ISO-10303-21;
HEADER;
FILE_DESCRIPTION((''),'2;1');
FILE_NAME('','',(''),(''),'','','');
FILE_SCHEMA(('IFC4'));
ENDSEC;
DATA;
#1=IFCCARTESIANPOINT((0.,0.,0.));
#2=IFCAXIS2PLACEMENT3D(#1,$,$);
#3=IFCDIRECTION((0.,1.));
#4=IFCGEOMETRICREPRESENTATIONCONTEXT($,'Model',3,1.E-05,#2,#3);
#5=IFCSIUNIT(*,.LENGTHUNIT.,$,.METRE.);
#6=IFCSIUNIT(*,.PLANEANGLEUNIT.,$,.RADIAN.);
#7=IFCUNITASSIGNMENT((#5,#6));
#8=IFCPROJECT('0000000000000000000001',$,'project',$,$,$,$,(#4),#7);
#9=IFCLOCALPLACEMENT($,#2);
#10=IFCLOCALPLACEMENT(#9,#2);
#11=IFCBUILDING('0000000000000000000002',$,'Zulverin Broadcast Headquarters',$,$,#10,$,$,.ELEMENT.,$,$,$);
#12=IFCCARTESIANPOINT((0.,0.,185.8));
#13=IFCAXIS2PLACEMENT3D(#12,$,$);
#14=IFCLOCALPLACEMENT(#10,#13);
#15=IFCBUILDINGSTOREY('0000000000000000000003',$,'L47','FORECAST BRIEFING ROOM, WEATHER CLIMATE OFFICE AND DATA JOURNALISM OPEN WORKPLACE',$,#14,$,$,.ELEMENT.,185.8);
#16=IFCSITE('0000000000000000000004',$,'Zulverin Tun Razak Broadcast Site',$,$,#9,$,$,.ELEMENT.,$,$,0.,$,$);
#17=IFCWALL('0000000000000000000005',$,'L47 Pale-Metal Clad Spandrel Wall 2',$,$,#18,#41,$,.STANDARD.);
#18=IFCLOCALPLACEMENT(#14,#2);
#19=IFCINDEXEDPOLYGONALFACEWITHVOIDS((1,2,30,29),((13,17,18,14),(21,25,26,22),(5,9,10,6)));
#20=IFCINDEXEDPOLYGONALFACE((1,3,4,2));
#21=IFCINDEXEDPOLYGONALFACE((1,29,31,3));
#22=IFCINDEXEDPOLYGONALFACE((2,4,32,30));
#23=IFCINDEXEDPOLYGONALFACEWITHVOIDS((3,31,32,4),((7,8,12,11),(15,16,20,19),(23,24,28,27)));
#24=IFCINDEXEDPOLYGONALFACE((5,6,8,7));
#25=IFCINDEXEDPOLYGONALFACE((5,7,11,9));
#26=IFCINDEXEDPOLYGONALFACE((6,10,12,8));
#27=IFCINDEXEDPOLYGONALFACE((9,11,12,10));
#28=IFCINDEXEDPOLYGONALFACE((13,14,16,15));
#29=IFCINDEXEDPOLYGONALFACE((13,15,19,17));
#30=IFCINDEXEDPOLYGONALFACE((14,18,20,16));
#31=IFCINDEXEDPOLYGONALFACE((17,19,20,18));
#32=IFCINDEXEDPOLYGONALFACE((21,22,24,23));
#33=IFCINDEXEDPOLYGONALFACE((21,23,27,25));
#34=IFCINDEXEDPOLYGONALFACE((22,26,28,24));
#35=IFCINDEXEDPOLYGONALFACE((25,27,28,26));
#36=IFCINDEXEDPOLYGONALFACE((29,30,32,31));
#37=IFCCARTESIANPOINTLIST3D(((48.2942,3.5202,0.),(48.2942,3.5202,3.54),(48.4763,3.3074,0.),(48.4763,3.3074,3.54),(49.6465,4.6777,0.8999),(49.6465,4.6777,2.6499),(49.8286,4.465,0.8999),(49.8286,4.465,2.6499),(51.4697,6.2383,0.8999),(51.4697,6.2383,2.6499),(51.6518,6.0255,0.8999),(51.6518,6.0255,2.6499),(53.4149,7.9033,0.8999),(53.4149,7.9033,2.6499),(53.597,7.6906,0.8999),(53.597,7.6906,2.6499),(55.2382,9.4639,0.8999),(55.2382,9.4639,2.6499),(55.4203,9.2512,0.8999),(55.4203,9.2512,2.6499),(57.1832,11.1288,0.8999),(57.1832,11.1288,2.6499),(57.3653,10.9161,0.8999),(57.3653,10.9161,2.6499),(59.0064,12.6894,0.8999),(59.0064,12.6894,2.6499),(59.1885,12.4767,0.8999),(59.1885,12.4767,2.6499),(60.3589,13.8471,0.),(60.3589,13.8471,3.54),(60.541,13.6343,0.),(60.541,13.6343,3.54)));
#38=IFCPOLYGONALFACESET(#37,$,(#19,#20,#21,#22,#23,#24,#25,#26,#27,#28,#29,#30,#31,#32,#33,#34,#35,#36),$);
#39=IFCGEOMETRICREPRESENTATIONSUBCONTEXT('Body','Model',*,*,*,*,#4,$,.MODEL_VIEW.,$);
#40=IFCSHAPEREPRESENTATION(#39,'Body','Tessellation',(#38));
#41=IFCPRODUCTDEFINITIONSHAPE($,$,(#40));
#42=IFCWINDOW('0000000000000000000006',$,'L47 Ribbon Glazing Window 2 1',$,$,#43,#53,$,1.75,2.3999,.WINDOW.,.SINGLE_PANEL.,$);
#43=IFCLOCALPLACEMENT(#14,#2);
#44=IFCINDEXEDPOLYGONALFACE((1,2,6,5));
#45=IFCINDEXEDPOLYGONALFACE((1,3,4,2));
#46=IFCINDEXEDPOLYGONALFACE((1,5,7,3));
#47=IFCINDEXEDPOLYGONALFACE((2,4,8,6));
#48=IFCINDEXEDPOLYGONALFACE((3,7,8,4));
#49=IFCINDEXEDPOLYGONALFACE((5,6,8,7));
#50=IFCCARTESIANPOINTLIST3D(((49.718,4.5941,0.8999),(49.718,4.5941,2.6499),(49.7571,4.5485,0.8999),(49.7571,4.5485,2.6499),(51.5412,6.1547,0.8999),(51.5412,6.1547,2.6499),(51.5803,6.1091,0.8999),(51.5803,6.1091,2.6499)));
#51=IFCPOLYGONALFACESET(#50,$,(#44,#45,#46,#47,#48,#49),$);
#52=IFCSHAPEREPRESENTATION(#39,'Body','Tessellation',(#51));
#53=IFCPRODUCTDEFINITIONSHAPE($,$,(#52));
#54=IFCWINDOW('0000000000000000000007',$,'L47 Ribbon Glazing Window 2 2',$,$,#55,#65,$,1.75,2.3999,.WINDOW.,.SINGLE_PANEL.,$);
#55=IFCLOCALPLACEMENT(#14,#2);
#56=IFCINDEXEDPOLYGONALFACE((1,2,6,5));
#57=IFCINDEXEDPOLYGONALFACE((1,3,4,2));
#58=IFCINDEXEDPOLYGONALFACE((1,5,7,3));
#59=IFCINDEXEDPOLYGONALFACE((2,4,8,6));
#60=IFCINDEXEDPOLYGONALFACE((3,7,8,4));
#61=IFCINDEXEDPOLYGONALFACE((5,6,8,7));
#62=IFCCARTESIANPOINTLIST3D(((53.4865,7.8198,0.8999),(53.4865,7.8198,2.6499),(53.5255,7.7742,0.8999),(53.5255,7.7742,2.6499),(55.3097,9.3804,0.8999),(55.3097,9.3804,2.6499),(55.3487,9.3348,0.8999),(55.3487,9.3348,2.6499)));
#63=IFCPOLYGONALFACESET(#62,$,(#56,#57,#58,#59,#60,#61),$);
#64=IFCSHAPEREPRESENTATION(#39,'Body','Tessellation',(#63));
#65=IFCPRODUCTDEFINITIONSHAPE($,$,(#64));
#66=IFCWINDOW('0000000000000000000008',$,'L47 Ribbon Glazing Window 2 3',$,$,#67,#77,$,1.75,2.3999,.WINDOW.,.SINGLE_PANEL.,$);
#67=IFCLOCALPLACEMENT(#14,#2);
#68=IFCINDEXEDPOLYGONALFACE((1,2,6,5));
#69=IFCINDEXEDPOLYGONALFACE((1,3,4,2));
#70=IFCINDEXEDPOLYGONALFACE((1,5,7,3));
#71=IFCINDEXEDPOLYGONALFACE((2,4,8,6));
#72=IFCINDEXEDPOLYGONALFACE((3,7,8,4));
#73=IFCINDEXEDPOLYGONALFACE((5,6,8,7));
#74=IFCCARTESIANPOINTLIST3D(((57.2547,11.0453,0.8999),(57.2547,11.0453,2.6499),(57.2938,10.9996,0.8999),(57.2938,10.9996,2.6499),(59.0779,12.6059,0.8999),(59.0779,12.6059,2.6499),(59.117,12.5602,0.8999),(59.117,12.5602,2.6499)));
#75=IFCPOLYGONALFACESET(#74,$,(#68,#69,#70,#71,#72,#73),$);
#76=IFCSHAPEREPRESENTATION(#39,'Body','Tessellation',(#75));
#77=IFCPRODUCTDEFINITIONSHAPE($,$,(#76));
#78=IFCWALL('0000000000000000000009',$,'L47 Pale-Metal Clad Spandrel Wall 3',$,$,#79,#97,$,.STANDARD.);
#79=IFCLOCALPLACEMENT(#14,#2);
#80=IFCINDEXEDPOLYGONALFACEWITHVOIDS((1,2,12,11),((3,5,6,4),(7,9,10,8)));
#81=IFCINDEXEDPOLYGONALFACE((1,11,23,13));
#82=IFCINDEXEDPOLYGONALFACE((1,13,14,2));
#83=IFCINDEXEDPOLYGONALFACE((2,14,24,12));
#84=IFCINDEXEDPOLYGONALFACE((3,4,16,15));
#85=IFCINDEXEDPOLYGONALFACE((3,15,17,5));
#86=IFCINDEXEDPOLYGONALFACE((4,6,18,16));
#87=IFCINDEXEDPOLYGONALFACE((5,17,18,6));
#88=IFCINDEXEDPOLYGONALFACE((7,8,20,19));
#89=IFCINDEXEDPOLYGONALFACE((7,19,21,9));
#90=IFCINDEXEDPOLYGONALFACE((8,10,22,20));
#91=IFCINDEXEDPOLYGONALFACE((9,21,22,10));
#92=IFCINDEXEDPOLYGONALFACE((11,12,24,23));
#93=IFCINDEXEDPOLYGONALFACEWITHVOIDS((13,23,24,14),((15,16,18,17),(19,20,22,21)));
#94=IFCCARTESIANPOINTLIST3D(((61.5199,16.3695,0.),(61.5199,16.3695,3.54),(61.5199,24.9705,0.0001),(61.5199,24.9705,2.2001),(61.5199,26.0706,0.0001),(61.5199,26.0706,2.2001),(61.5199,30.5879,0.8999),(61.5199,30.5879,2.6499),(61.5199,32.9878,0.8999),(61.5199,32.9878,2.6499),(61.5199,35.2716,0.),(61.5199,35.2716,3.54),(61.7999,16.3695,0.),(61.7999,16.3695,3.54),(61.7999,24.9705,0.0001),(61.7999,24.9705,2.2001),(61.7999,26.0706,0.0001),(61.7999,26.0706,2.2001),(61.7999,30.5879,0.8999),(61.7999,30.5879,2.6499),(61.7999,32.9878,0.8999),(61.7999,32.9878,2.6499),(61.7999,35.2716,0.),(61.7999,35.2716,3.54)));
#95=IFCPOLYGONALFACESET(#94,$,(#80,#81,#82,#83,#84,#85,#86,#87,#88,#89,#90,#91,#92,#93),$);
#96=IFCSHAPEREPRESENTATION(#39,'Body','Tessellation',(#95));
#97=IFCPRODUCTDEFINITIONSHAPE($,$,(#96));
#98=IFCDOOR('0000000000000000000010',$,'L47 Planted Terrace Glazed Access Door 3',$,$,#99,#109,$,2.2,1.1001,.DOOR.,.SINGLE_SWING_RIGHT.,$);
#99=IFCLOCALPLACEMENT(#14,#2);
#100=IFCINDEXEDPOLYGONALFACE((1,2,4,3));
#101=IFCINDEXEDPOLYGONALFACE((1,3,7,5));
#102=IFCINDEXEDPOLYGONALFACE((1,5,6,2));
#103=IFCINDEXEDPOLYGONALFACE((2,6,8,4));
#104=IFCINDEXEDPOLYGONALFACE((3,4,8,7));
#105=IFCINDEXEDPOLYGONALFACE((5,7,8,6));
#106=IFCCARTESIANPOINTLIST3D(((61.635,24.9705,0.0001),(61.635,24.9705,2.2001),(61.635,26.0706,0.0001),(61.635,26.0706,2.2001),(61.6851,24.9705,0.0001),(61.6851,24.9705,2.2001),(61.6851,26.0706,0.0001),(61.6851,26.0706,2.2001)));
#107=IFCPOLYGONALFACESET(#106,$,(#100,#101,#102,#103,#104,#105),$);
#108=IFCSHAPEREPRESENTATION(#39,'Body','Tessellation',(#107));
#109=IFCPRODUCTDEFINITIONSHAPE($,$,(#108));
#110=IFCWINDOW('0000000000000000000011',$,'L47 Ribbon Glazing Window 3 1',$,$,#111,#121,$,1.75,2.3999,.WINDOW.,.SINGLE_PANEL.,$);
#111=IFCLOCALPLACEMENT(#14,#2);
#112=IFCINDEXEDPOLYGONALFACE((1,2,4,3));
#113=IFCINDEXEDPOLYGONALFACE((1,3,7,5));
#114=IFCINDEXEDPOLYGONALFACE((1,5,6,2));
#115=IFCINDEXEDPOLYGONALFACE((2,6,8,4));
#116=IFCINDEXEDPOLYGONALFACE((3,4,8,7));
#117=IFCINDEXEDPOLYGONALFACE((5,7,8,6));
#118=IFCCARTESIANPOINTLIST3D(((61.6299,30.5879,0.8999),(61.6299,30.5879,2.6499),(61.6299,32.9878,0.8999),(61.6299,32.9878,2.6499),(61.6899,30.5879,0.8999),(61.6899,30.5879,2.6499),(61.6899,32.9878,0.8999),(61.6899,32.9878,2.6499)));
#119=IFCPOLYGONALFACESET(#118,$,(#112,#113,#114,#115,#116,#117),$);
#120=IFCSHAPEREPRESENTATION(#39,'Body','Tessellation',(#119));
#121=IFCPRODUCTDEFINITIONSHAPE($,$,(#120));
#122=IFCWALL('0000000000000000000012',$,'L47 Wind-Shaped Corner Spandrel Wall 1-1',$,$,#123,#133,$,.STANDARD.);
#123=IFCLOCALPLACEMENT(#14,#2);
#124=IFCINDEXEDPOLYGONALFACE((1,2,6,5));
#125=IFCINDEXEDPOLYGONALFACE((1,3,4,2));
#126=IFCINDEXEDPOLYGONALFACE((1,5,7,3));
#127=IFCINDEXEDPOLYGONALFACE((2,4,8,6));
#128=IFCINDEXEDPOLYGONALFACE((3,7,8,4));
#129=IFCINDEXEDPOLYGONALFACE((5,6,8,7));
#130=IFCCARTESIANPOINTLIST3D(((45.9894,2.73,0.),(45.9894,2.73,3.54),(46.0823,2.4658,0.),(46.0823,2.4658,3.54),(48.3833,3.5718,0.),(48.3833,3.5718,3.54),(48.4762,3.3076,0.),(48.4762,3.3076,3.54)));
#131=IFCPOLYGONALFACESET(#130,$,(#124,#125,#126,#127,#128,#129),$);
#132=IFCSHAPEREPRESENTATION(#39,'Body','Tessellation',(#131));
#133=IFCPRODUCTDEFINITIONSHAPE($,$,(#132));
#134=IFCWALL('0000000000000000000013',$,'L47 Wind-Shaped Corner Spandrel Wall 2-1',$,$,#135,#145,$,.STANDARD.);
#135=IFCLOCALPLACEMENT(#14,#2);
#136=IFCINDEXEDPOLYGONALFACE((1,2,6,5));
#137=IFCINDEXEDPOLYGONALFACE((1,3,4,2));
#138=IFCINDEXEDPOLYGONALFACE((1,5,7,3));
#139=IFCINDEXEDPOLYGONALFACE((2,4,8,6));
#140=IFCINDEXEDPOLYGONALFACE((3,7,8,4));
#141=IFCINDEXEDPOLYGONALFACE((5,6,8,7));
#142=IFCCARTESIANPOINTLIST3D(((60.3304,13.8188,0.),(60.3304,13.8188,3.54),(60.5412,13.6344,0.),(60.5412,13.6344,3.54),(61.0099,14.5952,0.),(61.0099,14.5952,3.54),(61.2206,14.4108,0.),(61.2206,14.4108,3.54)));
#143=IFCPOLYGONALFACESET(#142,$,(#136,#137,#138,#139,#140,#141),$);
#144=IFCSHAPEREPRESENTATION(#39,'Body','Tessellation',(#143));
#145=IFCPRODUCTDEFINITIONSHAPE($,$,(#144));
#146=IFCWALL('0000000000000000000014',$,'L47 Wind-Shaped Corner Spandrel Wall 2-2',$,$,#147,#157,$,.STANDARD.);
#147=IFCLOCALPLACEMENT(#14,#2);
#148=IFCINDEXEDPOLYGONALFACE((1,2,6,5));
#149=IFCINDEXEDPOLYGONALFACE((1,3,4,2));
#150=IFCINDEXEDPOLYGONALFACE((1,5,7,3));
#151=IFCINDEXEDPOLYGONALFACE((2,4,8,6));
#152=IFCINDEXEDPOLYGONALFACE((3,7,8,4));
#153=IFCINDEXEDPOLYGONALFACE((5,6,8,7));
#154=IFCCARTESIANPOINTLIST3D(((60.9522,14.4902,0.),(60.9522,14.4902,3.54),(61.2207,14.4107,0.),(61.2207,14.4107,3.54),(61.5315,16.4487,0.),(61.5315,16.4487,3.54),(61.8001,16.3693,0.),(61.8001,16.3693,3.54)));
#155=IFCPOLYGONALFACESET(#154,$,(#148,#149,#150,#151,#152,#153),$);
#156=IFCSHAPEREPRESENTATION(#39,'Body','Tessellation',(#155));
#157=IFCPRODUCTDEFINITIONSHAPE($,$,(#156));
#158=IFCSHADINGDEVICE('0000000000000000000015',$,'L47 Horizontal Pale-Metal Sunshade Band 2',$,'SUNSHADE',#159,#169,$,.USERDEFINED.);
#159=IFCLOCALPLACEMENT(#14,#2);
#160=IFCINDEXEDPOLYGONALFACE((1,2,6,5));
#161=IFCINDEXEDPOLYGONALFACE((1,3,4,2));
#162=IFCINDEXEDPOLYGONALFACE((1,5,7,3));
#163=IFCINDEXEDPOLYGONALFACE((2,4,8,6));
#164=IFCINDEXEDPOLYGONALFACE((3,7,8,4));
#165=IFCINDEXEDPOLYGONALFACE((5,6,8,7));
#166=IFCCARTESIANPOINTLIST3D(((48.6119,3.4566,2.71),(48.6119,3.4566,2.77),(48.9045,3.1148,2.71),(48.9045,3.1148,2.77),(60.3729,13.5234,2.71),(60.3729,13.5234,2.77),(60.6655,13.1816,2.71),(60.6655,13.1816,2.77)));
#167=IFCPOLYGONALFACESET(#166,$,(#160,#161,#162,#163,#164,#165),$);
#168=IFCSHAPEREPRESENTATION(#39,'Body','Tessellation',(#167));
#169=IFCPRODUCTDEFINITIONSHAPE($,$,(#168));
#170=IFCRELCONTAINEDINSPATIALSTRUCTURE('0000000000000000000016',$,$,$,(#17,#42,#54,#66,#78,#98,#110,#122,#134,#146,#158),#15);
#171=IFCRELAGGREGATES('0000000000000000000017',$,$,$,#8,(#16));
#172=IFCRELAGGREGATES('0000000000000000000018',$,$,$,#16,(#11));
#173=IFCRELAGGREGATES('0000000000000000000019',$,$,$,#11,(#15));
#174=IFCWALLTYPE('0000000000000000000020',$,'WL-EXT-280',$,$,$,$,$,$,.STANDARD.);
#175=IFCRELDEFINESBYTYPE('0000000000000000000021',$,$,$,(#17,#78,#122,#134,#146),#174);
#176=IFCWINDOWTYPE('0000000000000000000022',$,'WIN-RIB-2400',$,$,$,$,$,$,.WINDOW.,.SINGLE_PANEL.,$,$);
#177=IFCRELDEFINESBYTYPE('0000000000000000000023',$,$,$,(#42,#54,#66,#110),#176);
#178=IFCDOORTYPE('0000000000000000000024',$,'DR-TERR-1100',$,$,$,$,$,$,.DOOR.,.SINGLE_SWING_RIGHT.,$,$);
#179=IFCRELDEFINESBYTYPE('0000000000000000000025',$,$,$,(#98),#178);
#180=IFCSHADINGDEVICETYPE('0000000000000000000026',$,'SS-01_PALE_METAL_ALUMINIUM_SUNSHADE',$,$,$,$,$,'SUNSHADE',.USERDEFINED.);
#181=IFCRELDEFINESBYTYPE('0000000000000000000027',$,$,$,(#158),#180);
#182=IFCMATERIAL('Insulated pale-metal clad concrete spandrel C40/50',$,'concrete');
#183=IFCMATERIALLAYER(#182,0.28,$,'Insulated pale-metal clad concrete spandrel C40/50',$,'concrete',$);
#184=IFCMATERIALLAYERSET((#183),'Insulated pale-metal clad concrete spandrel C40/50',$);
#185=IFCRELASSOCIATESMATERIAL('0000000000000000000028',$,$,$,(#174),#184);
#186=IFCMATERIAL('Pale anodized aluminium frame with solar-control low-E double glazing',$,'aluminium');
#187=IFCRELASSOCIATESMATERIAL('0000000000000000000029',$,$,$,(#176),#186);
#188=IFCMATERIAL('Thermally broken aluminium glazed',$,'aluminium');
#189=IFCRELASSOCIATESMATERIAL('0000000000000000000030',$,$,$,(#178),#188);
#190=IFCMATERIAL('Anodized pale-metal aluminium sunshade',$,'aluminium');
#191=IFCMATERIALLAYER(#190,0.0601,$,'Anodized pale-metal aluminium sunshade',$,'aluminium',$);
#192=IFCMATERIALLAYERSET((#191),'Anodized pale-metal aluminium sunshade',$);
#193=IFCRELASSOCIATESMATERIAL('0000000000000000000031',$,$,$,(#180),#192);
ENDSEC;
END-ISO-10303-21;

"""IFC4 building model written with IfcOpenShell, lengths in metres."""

from ifc_helpers import new_model, si_unit, direction, frame, frame_2d, origin, origin_2d, place, context, subcontext, project, spatial, rectangle, extrude, material, layer, layer_set, type_object, element, fill, save


model = new_model("IFC4")

# Units and contexts
model_context = context("Model", 3, precision=1e-05, world=origin(), true_north=direction((0.0, 1.0)))
body_context = subcontext(model_context, "Body", "Model", "MODEL_VIEW")
ifc_project = project(units=[si_unit("LENGTHUNIT", "METRE"), si_unit("PLANEANGLEUNIT", "RADIAN")], contexts=[model_context])

# Site, building, storey
site_placement = place(None, origin())
site = spatial("IfcSite", under=ifc_project, at=site_placement, Name="Zulverin Tun Razak Broadcast Site", CompositionType="ELEMENT", RefElevation=0.0)
building_placement = place(site_placement, origin())
building = spatial("IfcBuilding", under=site, at=building_placement, Name="Zulverin Broadcast Headquarters", CompositionType="ELEMENT")
storey_placement = place(building_placement, frame((0.0, 0.0, 185.8)))
storey = spatial("IfcBuildingStorey", under=building, at=storey_placement, Name="L47", Description="FORECAST BRIEFING ROOM, WEATHER CLIMATE OFFICE AND DATA JOURNALISM OPEN WORKPLACE", CompositionType="ELEMENT", Elevation=185.8)

# Wall, openings, windows
ifc_material_1 = material(Name="Insulated pale-metal clad concrete spandrel C40/50", Category="concrete")
ifc_layer_1 = layer(ifc_material_1, 0.28, Name="Insulated pale-metal clad concrete spandrel C40/50", Category="concrete")
ifc_layer_set_1 = layer_set([ifc_layer_1], Name="Insulated pale-metal clad concrete spandrel C40/50")
wall_type = type_object("IfcWallType", Name="WL-EXT-280", PredefinedType="STANDARD", material=ifc_layer_set_1)
wall_1_placement = place(storey_placement, frame((48.3853, 3.4138, 0.0), z_axis=(0.0, 0.0, 1.0), x_axis=(0.7597, 0.650273, 0.0)))
wall_1 = element("IfcWall", 1, at=wall_1_placement, inside=storey, type_object=wall_type, Name="L47 Pale-Metal Clad Spandrel Wall 2", PredefinedType="STANDARD", context=body_context, shape_type="SweptSolid", body=[
    extrude(rectangle(XDim=15.8809, YDim=0.28, at=frame_2d((7.9404, 0.0))), origin(), (0.0, 0.0, 1.0), 3.54),
])
opening_1_placement = place(wall_1_placement, frame((1.78, 0.0, 0.8999)))
opening_1 = element("IfcOpeningElement", 2, at=opening_1_placement, cuts=wall_1, PredefinedType="OPENING", context=body_context, shape_type="SweptSolid", body=[
    extrude(rectangle(XDim=2.3999, YDim=1.75, at=frame_2d((1.2, 0.875))), frame((0.0, 0.1499, 0.0), z_axis=(0.0, -1.0, 0.0), x_axis=(1.0, 0.0, 0.0)), (0.0, 0.0, 1.0), 0.3),
])
opening_2_placement = place(wall_1_placement, frame((6.7405, 0.0, 0.8999)))
opening_2 = element("IfcOpeningElement", 3, at=opening_2_placement, cuts=wall_1, PredefinedType="OPENING", context=body_context, shape_type="SweptSolid", body=[
    extrude(rectangle(XDim=2.3999, YDim=1.75, at=frame_2d((1.2, 0.875))), frame((0.0, 0.1499, 0.0), z_axis=(0.0, -1.0, 0.0), x_axis=(1.0, 0.0, 0.0)), (0.0, 0.0, 1.0), 0.3),
])
opening_3_placement = place(wall_1_placement, frame((11.7007, 0.0, 0.8999)))
opening_3 = element("IfcOpeningElement", 4, at=opening_3_placement, cuts=wall_1, PredefinedType="OPENING", context=body_context, shape_type="SweptSolid", body=[
    extrude(rectangle(XDim=2.3999, YDim=1.75, at=frame_2d((1.2, 0.875))), frame((0.0, 0.1499, 0.0), z_axis=(0.0, -1.0, 0.0), x_axis=(1.0, 0.0, 0.0)), (0.0, 0.0, 1.0), 0.3),
])
ifc_material_2 = material(Name="Pale anodized aluminium frame with solar-control low-E double glazing", Category="aluminium")
window_type = type_object("IfcWindowType", Name="WIN-RIB-2400", PartitioningType="SINGLE_PANEL", PredefinedType="WINDOW", material=ifc_material_2)
window_1_placement = place(opening_1_placement, origin())
window_1 = element("IfcWindow", 5, at=window_1_placement, inside=storey, type_object=window_type, Name="L47 Ribbon Glazing Window 2 1", OverallHeight=1.75, OverallWidth=2.3999, PartitioningType="SINGLE_PANEL", PredefinedType="WINDOW", context=body_context, shape_type="SweptSolid", body=[
    extrude(rectangle(XDim=2.3999, YDim=1.75, at=frame_2d((1.2, 0.875))), frame((0.0, 0.03, 0.0), z_axis=(0.0, -1.0, 0.0), x_axis=(1.0, 0.0, 0.0)), (0.0, 0.0, 1.0), 0.0601),
])
fill(opening_1, window_1)
window_2_placement = place(opening_2_placement, origin())
window_2 = element("IfcWindow", 6, at=window_2_placement, inside=storey, type_object=window_type, Name="L47 Ribbon Glazing Window 2 2", OverallHeight=1.75, OverallWidth=2.3999, PartitioningType="SINGLE_PANEL", PredefinedType="WINDOW", context=body_context, shape_type="SweptSolid", body=[
    extrude(rectangle(XDim=2.3999, YDim=1.75, at=frame_2d((1.2, 0.875))), frame((0.0, 0.03, 0.0), z_axis=(0.0, -1.0, 0.0), x_axis=(1.0, 0.0, 0.0)), (0.0, 0.0, 1.0), 0.0601),
])
fill(opening_2, window_2)
window_3_placement = place(opening_3_placement, origin())
window_3 = element("IfcWindow", 7, at=window_3_placement, inside=storey, type_object=window_type, Name="L47 Ribbon Glazing Window 2 3", OverallHeight=1.75, OverallWidth=2.3999, PartitioningType="SINGLE_PANEL", PredefinedType="WINDOW", context=body_context, shape_type="SweptSolid", body=[
    extrude(rectangle(XDim=2.3999, YDim=1.75, at=frame_2d((1.2, 0.875))), frame((0.0, 0.03, 0.0), z_axis=(0.0, -1.0, 0.0), x_axis=(1.0, 0.0, 0.0)), (0.0, 0.0, 1.0), 0.0601),
])
fill(opening_3, window_3)

# Wall, openings, door, window
wall_2_placement = place(storey_placement, frame((61.6599, 16.3694, 0.0), z_axis=(0.0, 0.0, 1.0), x_axis=(0.0, 1.0, 0.0)))
wall_2 = element("IfcWall", 8, at=wall_2_placement, inside=storey, type_object=wall_type, Name="L47 Pale-Metal Clad Spandrel Wall 3", PredefinedType="STANDARD", context=body_context, shape_type="SweptSolid", body=[
    extrude(rectangle(XDim=18.9021, YDim=0.28, at=frame_2d((9.4512, 0.0))), origin(), (0.0, 0.0, 1.0), 3.54),
])
opening_4_placement = place(wall_2_placement, frame((8.6011, 0.0, 0.0)))
opening_4 = element("IfcOpeningElement", 9, at=opening_4_placement, cuts=wall_2, PredefinedType="OPENING", context=body_context, shape_type="SweptSolid", body=[
    extrude(rectangle(XDim=1.1001, YDim=2.2, at=frame_2d((0.55, 1.1001))), frame((0.0, 0.1499, 0.0), z_axis=(0.0, -1.0, 0.0), x_axis=(1.0, 0.0, 0.0)), (0.0, 0.0, 1.0), 0.3),
])
opening_5_placement = place(wall_2_placement, frame((14.2185, 0.0, 0.8999)))
opening_5 = element("IfcOpeningElement", 10, at=opening_5_placement, cuts=wall_2, PredefinedType="OPENING", context=body_context, shape_type="SweptSolid", body=[
    extrude(rectangle(XDim=2.3999, YDim=1.75, at=frame_2d((1.2, 0.875))), frame((0.0, 0.1499, 0.0), z_axis=(0.0, -1.0, 0.0), x_axis=(1.0, 0.0, 0.0)), (0.0, 0.0, 1.0), 0.3),
])
ifc_material_3 = material(Name="Thermally broken aluminium glazed", Category="aluminium")
door_type = type_object("IfcDoorType", Name="DR-TERR-1100", OperationType="SINGLE_SWING_RIGHT", PredefinedType="DOOR", material=ifc_material_3)
door_placement = place(opening_4_placement, origin())
door = element("IfcDoor", 11, at=door_placement, inside=storey, type_object=door_type, Name="L47 Planted Terrace Glazed Access Door 3", OperationType="SINGLE_SWING_RIGHT", OverallHeight=2.2, OverallWidth=1.1001, PredefinedType="DOOR", context=body_context, shape_type="SweptSolid", body=[
    extrude(rectangle(XDim=1.1001, YDim=2.2, at=frame_2d((0.55, 1.1001))), frame((0.0, 0.0249, 0.0), z_axis=(0.0, -1.0, 0.0), x_axis=(1.0, 0.0, 0.0)), (0.0, 0.0, 1.0), 0.05),
])
fill(opening_4, door)
window_4_placement = place(opening_5_placement, origin())
window_4 = element("IfcWindow", 12, at=window_4_placement, inside=storey, type_object=window_type, Name="L47 Ribbon Glazing Window 3 1", OverallHeight=1.75, OverallWidth=2.3999, PartitioningType="SINGLE_PANEL", PredefinedType="WINDOW", context=body_context, shape_type="SweptSolid", body=[
    extrude(rectangle(XDim=2.3999, YDim=1.75, at=frame_2d((1.2, 0.875))), frame((0.0, 0.03, 0.0), z_axis=(0.0, -1.0, 0.0), x_axis=(1.0, 0.0, 0.0)), (0.0, 0.0, 1.0), 0.0601),
])
fill(opening_5, window_4)

# Walls
wall_3_placement = place(storey_placement, frame((46.0359, 2.5979, 0.0), z_axis=(0.0, 0.0, 1.0), x_axis=(0.94337, 0.331743, 0.0)))
element("IfcWall", 13, at=wall_3_placement, inside=storey, type_object=wall_type, Name="L47 Wind-Shaped Corner Spandrel Wall 1-1", PredefinedType="STANDARD", context=body_context, shape_type="SweptSolid", body=[
    extrude(rectangle(XDim=2.5376, YDim=0.28, at=frame_2d((1.2688, 0.0))), origin(), (0.0, 0.0, 1.0), 3.54),
])
wall_4_placement = place(storey_placement, frame((60.4358, 13.7266, 0.0), z_axis=(0.0, 0.0, 1.0), x_axis=(0.658572, 0.752518, 0.0)))
element("IfcWall", 14, at=wall_4_placement, inside=storey, type_object=wall_type, Name="L47 Wind-Shaped Corner Spandrel Wall 2-1", PredefinedType="STANDARD", context=body_context, shape_type="SweptSolid", body=[
    extrude(rectangle(XDim=1.0317, YDim=0.28, at=frame_2d((0.5159, 0.0))), origin(), (0.0, 0.0, 1.0), 3.54),
])
wall_5_placement = place(storey_placement, frame((61.0864, 14.4504, 0.0), z_axis=(0.0, 0.0, 1.0), x_axis=(0.283661, 0.958925, 0.0)))
element("IfcWall", 15, at=wall_5_placement, inside=storey, type_object=wall_type, Name="L47 Wind-Shaped Corner Spandrel Wall 2-2", PredefinedType="STANDARD", context=body_context, shape_type="SweptSolid", body=[
    extrude(rectangle(XDim=2.0425, YDim=0.28, at=frame_2d((1.0212, 0.0))), origin(), (0.0, 0.0, 1.0), 3.54),
])

# Shading device
ifc_material_4 = material(Name="Anodized pale-metal aluminium sunshade", Category="aluminium")
ifc_layer_2 = layer(ifc_material_4, 0.0601, Name="Anodized pale-metal aluminium sunshade", Category="aluminium")
ifc_layer_set_2 = layer_set([ifc_layer_2], Name="Anodized pale-metal aluminium sunshade")
shading_device_type = type_object("IfcShadingDeviceType", Name="SS-01_PALE_METAL_ALUMINIUM_SUNSHADE", ElementType="SUNSHADE", PredefinedType="USERDEFINED", material=ifc_layer_set_2)
shading_device_placement = place(storey_placement, frame((54.6387, 8.3191, 2.71), z_axis=(0.0, 0.0, 1.0), x_axis=(0.759706, 0.650267, 0.0)))
element("IfcShadingDevice", 16, at=shading_device_placement, inside=storey, type_object=shading_device_type, Name="L47 Horizontal Pale-Metal Sunshade Band 2", ObjectType="SUNSHADE", PredefinedType="USERDEFINED", context=body_context, shape_type="SweptSolid", body=[
    extrude(rectangle(XDim=15.481, YDim=0.45, at=origin_2d()), origin(), (0.0, 0.0, 1.0), 0.0601),
])

save(model, "model.ifc")
